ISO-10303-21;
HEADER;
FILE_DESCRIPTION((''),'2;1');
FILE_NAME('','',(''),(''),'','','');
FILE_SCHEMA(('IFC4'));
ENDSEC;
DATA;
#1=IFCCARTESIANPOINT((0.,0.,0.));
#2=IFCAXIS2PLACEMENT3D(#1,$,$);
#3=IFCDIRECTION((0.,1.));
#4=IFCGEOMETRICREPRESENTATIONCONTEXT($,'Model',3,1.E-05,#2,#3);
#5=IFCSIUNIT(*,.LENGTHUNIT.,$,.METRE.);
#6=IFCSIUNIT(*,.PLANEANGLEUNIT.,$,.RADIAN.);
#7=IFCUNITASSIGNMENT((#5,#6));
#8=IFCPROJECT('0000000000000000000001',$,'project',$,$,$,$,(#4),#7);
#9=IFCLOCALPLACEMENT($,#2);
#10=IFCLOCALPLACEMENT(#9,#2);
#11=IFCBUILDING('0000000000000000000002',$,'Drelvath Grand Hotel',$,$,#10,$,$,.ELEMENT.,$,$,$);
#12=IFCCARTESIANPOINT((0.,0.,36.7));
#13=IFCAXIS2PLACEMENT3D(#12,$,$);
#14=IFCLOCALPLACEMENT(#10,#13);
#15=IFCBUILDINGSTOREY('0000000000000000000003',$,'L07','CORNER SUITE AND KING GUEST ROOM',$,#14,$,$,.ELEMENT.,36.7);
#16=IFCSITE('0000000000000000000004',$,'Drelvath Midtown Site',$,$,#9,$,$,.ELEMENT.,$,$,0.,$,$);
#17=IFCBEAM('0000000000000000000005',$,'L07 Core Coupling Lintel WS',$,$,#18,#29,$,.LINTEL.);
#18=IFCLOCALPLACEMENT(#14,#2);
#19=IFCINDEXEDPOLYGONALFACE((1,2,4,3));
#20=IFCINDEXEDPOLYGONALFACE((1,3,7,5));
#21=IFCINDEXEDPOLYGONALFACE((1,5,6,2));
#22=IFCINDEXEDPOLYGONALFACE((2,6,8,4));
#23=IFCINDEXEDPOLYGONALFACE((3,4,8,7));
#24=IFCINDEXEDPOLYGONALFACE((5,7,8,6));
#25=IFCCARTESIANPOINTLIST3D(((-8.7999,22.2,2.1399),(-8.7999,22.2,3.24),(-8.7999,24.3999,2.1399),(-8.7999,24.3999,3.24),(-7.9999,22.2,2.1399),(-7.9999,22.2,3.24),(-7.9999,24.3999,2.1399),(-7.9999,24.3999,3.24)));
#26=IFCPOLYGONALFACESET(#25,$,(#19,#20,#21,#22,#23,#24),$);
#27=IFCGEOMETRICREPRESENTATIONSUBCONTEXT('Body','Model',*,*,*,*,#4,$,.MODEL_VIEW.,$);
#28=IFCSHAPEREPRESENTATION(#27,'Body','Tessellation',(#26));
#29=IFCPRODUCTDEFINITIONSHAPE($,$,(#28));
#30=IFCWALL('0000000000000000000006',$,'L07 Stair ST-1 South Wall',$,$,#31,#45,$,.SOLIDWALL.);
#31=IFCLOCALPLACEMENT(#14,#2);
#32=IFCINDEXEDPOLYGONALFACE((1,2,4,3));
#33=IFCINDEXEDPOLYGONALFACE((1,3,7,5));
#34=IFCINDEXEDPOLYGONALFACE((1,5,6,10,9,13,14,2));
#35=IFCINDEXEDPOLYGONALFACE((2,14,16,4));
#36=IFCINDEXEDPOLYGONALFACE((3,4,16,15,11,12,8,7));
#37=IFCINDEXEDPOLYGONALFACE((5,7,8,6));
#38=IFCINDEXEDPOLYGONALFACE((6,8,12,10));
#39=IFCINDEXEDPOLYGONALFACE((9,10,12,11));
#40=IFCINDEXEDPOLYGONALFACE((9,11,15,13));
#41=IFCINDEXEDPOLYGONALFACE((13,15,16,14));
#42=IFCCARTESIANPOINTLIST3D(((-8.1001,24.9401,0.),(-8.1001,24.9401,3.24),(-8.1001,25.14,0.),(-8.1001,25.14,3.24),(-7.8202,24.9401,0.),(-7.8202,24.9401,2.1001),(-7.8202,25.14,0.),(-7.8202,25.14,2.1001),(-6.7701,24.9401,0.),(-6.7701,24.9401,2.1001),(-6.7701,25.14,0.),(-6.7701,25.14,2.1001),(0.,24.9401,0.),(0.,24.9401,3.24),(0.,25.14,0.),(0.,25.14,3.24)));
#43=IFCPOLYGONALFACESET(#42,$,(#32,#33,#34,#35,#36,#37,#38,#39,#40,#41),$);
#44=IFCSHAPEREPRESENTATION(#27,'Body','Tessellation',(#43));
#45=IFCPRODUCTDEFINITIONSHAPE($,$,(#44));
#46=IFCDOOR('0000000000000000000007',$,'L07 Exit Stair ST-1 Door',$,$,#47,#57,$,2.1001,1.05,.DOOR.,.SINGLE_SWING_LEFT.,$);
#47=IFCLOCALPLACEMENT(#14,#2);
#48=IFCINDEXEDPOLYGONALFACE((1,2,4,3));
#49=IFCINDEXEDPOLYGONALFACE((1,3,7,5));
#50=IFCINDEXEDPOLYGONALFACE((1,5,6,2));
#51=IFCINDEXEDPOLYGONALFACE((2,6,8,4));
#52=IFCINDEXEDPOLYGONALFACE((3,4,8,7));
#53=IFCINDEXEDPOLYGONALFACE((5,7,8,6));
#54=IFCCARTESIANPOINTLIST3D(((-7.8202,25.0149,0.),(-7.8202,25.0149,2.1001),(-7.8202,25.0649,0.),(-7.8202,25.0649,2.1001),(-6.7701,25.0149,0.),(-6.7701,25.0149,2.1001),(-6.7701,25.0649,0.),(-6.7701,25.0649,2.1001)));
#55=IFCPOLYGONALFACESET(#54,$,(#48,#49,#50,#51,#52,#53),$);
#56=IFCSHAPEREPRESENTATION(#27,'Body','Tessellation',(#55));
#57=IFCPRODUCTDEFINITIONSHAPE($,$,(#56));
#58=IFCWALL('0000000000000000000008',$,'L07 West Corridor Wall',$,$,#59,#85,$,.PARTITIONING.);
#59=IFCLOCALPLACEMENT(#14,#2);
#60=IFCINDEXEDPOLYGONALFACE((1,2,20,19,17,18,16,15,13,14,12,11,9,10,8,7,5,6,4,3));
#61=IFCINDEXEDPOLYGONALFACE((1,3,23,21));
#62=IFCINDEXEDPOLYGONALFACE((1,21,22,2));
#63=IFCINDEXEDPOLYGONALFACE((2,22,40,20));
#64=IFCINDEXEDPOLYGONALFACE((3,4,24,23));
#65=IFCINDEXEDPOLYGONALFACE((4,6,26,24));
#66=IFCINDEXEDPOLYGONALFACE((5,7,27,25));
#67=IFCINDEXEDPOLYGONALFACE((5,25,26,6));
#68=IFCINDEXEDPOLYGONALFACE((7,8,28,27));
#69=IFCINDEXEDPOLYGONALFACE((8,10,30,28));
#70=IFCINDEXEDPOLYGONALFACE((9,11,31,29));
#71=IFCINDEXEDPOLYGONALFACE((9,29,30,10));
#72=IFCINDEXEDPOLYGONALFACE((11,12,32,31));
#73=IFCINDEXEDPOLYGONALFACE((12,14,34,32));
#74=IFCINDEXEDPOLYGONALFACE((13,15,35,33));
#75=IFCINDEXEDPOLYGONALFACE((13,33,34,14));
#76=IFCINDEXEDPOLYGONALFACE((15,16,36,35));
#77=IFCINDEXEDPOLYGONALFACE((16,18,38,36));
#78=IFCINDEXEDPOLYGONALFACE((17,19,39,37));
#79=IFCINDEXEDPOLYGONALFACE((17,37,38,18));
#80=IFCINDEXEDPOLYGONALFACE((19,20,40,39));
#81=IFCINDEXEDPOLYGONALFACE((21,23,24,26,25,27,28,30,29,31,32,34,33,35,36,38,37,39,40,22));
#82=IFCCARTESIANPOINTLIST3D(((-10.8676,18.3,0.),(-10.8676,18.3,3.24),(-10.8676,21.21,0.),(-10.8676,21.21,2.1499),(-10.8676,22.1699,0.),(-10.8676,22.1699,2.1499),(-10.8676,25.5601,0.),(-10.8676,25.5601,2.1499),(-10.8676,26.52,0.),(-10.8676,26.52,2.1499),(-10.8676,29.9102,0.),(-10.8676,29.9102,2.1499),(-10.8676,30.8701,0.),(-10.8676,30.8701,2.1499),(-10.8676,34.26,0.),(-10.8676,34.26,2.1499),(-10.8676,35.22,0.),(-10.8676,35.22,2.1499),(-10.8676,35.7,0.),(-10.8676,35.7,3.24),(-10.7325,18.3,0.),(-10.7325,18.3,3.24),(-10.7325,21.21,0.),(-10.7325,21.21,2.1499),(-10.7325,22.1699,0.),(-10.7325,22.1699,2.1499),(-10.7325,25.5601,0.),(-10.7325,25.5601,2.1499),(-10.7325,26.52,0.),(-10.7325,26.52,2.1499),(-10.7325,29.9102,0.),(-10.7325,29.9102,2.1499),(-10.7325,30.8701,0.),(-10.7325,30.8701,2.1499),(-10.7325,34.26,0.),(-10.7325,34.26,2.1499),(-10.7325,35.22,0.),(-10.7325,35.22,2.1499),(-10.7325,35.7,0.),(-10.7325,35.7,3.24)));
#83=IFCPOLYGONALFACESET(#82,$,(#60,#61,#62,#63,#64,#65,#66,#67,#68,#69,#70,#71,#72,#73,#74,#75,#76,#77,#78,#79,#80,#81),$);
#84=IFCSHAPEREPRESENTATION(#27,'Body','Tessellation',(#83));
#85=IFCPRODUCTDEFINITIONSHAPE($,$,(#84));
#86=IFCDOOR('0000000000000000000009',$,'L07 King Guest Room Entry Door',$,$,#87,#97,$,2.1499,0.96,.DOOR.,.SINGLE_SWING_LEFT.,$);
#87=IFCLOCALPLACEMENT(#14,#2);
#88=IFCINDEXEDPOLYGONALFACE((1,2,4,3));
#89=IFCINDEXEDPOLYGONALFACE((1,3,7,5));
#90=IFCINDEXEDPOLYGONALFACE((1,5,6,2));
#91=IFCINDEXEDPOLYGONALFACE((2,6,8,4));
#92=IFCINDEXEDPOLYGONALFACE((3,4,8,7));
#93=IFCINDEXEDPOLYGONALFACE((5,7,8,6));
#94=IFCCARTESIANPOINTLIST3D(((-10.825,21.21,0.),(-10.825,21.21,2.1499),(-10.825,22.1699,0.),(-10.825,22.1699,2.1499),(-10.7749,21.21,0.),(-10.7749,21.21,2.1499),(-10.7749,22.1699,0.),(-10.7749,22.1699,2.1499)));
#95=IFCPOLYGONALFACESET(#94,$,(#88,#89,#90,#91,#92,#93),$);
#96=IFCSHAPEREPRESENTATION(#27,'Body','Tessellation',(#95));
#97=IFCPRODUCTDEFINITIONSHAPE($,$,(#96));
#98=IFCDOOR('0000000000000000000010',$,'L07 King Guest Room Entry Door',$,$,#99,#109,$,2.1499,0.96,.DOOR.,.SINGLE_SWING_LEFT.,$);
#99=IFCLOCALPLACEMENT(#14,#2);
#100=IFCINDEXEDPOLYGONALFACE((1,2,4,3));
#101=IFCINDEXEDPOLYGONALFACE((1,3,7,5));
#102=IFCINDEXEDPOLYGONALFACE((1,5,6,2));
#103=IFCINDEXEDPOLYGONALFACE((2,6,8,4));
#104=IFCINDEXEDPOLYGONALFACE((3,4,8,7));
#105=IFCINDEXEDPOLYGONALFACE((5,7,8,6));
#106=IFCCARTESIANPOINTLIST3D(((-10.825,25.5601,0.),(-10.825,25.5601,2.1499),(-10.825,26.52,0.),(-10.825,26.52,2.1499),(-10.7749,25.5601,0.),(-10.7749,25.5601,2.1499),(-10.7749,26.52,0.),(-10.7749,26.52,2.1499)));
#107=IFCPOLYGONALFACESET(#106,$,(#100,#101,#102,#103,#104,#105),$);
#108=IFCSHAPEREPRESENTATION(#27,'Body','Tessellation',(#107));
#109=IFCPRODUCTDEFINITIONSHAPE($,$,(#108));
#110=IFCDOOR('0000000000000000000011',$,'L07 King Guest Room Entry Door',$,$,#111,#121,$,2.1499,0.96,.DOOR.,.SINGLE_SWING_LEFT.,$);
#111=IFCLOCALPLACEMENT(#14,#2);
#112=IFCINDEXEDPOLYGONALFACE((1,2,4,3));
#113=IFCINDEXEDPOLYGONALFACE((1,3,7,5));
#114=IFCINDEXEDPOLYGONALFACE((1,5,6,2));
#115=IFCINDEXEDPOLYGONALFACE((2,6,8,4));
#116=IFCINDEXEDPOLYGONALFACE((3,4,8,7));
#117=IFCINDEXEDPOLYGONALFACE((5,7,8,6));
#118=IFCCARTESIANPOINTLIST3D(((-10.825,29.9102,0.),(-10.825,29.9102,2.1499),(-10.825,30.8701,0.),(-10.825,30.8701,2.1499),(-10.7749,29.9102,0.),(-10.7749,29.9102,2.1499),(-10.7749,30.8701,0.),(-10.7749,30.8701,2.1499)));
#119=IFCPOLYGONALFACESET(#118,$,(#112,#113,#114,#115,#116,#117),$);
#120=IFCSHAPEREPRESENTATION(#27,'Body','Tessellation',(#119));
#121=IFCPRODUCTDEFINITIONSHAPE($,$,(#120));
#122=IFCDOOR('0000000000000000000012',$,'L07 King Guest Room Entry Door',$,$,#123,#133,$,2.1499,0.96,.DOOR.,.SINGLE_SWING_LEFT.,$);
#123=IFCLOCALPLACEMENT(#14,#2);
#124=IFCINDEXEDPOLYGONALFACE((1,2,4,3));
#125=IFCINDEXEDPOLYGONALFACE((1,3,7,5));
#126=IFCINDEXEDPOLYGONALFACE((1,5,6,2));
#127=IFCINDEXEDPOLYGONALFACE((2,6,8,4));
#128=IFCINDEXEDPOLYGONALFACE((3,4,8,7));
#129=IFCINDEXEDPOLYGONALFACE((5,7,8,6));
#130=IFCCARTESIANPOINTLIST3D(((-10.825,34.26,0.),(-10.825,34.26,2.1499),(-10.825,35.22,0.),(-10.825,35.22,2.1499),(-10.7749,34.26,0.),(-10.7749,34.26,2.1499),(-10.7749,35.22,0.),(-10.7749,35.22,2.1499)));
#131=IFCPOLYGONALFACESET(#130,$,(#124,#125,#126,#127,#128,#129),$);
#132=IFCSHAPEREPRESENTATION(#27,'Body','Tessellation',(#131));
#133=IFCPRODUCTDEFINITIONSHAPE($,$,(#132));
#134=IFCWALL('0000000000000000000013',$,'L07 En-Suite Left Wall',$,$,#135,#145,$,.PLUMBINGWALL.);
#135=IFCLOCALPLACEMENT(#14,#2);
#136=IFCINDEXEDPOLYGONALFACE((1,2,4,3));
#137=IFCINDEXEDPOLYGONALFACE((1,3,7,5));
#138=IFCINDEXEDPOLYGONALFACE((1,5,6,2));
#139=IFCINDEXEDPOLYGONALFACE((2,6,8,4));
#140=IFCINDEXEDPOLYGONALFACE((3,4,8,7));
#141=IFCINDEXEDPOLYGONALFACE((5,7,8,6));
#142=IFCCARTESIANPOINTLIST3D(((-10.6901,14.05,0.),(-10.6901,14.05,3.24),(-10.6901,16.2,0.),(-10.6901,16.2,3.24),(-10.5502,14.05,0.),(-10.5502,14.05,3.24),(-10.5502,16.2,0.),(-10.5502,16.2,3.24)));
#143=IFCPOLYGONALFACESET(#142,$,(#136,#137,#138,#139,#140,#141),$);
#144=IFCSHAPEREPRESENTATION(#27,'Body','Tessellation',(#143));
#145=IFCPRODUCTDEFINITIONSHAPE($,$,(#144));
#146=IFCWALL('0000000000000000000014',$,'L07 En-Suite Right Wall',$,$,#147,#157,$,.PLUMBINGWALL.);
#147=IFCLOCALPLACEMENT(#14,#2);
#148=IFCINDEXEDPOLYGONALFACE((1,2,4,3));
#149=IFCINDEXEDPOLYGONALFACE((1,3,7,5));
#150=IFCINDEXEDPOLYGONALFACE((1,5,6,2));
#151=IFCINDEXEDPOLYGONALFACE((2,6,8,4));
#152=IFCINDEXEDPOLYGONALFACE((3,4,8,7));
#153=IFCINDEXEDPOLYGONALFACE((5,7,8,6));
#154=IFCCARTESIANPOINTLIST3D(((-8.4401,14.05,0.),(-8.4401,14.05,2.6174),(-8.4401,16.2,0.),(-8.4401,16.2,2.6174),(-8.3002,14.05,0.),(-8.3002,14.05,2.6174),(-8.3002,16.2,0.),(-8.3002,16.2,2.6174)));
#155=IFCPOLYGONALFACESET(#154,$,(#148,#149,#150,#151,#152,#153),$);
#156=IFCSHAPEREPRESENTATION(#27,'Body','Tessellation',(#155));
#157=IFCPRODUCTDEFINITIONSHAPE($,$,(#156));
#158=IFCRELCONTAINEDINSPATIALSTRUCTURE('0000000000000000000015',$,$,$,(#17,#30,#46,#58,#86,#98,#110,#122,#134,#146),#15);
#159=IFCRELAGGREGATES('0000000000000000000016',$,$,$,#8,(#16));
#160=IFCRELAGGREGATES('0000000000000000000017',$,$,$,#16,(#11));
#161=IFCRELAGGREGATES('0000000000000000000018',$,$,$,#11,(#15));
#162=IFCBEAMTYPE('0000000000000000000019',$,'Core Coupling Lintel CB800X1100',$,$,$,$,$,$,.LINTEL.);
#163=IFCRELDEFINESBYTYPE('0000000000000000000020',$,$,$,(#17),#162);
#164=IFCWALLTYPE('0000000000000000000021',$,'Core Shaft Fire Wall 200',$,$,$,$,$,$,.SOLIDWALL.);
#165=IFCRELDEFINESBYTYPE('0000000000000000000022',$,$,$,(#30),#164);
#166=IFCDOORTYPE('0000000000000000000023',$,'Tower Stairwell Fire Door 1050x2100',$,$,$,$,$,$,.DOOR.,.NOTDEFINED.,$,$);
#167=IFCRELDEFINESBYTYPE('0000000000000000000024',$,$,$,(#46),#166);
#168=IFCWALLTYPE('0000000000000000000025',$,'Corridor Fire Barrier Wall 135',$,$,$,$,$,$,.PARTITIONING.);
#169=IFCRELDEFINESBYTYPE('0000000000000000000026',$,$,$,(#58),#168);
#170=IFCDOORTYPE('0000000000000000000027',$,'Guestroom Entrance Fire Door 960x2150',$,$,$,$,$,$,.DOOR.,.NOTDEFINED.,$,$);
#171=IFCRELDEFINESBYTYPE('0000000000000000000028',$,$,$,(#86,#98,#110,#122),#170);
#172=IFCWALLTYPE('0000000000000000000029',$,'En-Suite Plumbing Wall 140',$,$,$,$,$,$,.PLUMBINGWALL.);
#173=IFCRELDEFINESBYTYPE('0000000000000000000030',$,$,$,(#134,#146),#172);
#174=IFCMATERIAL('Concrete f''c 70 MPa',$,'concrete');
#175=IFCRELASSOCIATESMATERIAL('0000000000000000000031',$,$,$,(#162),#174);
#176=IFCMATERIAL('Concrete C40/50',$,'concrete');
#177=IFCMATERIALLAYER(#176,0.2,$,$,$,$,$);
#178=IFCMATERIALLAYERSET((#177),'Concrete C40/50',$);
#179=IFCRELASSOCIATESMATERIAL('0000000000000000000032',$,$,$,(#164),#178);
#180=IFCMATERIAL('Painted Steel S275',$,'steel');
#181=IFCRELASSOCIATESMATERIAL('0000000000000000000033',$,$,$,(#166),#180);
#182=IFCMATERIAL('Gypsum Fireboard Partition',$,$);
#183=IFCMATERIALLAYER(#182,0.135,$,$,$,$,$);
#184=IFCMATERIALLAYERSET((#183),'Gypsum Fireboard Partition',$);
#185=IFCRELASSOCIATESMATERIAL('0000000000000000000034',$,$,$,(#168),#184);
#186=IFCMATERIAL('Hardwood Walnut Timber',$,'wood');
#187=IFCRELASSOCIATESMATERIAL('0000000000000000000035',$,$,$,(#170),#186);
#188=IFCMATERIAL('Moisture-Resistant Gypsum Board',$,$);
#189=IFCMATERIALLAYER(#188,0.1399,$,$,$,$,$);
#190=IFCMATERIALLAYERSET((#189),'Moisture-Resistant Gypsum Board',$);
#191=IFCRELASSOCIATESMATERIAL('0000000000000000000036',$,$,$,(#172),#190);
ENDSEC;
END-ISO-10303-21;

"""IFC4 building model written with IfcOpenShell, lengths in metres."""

from ifc_helpers import new_model, si_unit, direction, frame, frame_2d, origin, origin_2d, place, context, subcontext, project, spatial, rectangle, extrude, material, layer, layer_set, material_profile, profile_set, type_object, element, fill, save


model = new_model("IFC4")

# Units and contexts
model_context = context("Model", 3, precision=1e-05, world=origin(), true_north=direction((0.0, 1.0)))
body_context = subcontext(model_context, "Body", "Model", "MODEL_VIEW")
ifc_project = project(units=[si_unit("LENGTHUNIT", "METRE"), si_unit("PLANEANGLEUNIT", "RADIAN")], contexts=[model_context])

# Site, building, storey
site_placement = place(None, origin())
site = spatial("IfcSite", under=ifc_project, at=site_placement, Name="Drelvath Midtown Site", CompositionType="ELEMENT", RefElevation=0.0)
building_placement = place(site_placement, origin())
building = spatial("IfcBuilding", under=site, at=building_placement, Name="Drelvath Grand Hotel", CompositionType="ELEMENT")
storey_placement = place(building_placement, frame((0.0, 0.0, 36.7)))
storey = spatial("IfcBuildingStorey", under=building, at=storey_placement, Name="L07", Description="CORNER SUITE AND KING GUEST ROOM", CompositionType="ELEMENT", Elevation=36.7)

# Beam
ifc_material_1 = material(Name="Concrete f'c 70 MPa", Category="concrete")
ifc_material_profile = material_profile(ifc_material_1, rectangle(XDim=0.8, YDim=1.1001, at=origin_2d()), Name="CB800X1100")
ifc_profile_set = profile_set([ifc_material_profile], Name="Concrete f'c 70 MPa")
beam_type = type_object("IfcBeamType", Name="Core Coupling Lintel CB800X1100", PredefinedType="LINTEL", material=ifc_profile_set)
beam_placement = place(storey_placement, frame((-8.3999, 22.2, 2.6899), z_axis=(0.0, 1.0, 0.0), x_axis=(-1.0, 0.0, 0.0)))
element("IfcBeam", 1, at=beam_placement, inside=storey, type_object=beam_type, Name="L07 Core Coupling Lintel WS", PredefinedType="LINTEL", context=body_context, shape_type="SweptSolid", body=[
    extrude(rectangle(XDim=0.8, YDim=1.1001, at=origin_2d()), origin(), (0.0, 0.0, 1.0), 2.2),
])

# Wall, opening, door
ifc_material_2 = material(Name="Concrete C40/50", Category="concrete")
ifc_layer_1 = layer(ifc_material_2, 0.2)
ifc_layer_set_1 = layer_set([ifc_layer_1], Name="Concrete C40/50")
wall_type_1 = type_object("IfcWallType", Name="Core Shaft Fire Wall 200", PredefinedType="SOLIDWALL", material=ifc_layer_set_1)
wall_1_placement = place(storey_placement, frame((-8.1001, 25.04, 0.0), z_axis=(0.0, 0.0, 1.0), x_axis=(1.0, 0.0, 0.0)))
wall_1 = element("IfcWall", 2, at=wall_1_placement, inside=storey, type_object=wall_type_1, Name="L07 Stair ST-1 South Wall", PredefinedType="SOLIDWALL", context=body_context, shape_type="SweptSolid", body=[
    extrude(rectangle(XDim=8.1001, YDim=0.2, at=frame_2d((4.05, 0.0))), origin(), (0.0, 0.0, 1.0), 3.24),
])
opening_1_placement = place(wall_1_placement, frame((0.28, 0.0, 0.0)))
opening_1 = element("IfcOpeningElement", 3, at=opening_1_placement, cuts=wall_1, PredefinedType="OPENING", context=body_context, shape_type="SweptSolid", body=[
    extrude(rectangle(XDim=1.05, YDim=2.1001, at=frame_2d((0.5249, 1.05))), frame((0.0, 0.1099, 0.0), z_axis=(0.0, -1.0, 0.0), x_axis=(1.0, 0.0, 0.0)), (0.0, 0.0, 1.0), 0.22),
])
ifc_material_3 = material(Name="Painted Steel S275", Category="steel")
door_type_1 = type_object("IfcDoorType", Name="Tower Stairwell Fire Door 1050x2100", OperationType="NOTDEFINED", PredefinedType="DOOR", material=ifc_material_3)
door_1_placement = place(opening_1_placement, origin())
door_1 = element("IfcDoor", 4, at=door_1_placement, inside=storey, type_object=door_type_1, Name="L07 Exit Stair ST-1 Door", OperationType="SINGLE_SWING_LEFT", OverallHeight=2.1001, OverallWidth=1.05, PredefinedType="DOOR", context=body_context, shape_type="SweptSolid", body=[
    extrude(rectangle(XDim=1.05, YDim=2.1001, at=frame_2d((0.5249, 1.05))), frame((0.0, 0.0249, 0.0), z_axis=(0.0, -1.0, 0.0), x_axis=(1.0, 0.0, 0.0)), (0.0, 0.0, 1.0), 0.05),
])
fill(opening_1, door_1)

# Wall, openings, doors
ifc_material_4 = material(Name="Gypsum Fireboard Partition")
ifc_layer_2 = layer(ifc_material_4, 0.135)
ifc_layer_set_2 = layer_set([ifc_layer_2], Name="Gypsum Fireboard Partition")
wall_type_2 = type_object("IfcWallType", Name="Corridor Fire Barrier Wall 135", PredefinedType="PARTITIONING", material=ifc_layer_set_2)
wall_2_placement = place(storey_placement, frame((-10.8, 18.3, 0.0), z_axis=(0.0, 0.0, 1.0), x_axis=(0.0, 1.0, 0.0)))
wall_2 = element("IfcWall", 5, at=wall_2_placement, inside=storey, type_object=wall_type_2, Name="L07 West Corridor Wall", PredefinedType="PARTITIONING", context=body_context, shape_type="SweptSolid", body=[
    extrude(rectangle(XDim=17.3999, YDim=0.135, at=frame_2d((8.7, 0.0))), origin(), (0.0, 0.0, 1.0), 3.24),
])
opening_2_placement = place(wall_2_placement, frame((2.9099, 0.0, 0.0)))
opening_2 = element("IfcOpeningElement", 6, at=opening_2_placement, cuts=wall_2, PredefinedType="OPENING", context=body_context, shape_type="SweptSolid", body=[
    extrude(rectangle(XDim=0.96, YDim=2.1499, at=frame_2d((0.48, 1.075))), frame((0.0, 0.0774, 0.0), z_axis=(0.0, -1.0, 0.0), x_axis=(1.0, 0.0, 0.0)), (0.0, 0.0, 1.0), 0.155),
])
opening_3_placement = place(wall_2_placement, frame((7.26, 0.0, 0.0)))
opening_3 = element("IfcOpeningElement", 7, at=opening_3_placement, cuts=wall_2, PredefinedType="OPENING", context=body_context, shape_type="SweptSolid", body=[
    extrude(rectangle(XDim=0.96, YDim=2.1499, at=frame_2d((0.48, 1.075))), frame((0.0, 0.0774, 0.0), z_axis=(0.0, -1.0, 0.0), x_axis=(1.0, 0.0, 0.0)), (0.0, 0.0, 1.0), 0.155),
])
opening_4_placement = place(wall_2_placement, frame((11.6101, 0.0, 0.0)))
opening_4 = element("IfcOpeningElement", 8, at=opening_4_placement, cuts=wall_2, PredefinedType="OPENING", context=body_context, shape_type="SweptSolid", body=[
    extrude(rectangle(XDim=0.96, YDim=2.1499, at=frame_2d((0.48, 1.075))), frame((0.0, 0.0774, 0.0), z_axis=(0.0, -1.0, 0.0), x_axis=(1.0, 0.0, 0.0)), (0.0, 0.0, 1.0), 0.155),
])
opening_5_placement = place(wall_2_placement, frame((15.96, 0.0, 0.0)))
opening_5 = element("IfcOpeningElement", 9, at=opening_5_placement, cuts=wall_2, PredefinedType="OPENING", context=body_context, shape_type="SweptSolid", body=[
    extrude(rectangle(XDim=0.96, YDim=2.1499, at=frame_2d((0.48, 1.075))), frame((0.0, 0.0774, 0.0), z_axis=(0.0, -1.0, 0.0), x_axis=(1.0, 0.0, 0.0)), (0.0, 0.0, 1.0), 0.155),
])
ifc_material_5 = material(Name="Hardwood Walnut Timber", Category="wood")
door_type_2 = type_object("IfcDoorType", Name="Guestroom Entrance Fire Door 960x2150", OperationType="NOTDEFINED", PredefinedType="DOOR", material=ifc_material_5)
door_2_placement = place(opening_2_placement, origin())
door_2 = element("IfcDoor", 10, at=door_2_placement, inside=storey, type_object=door_type_2, Name="L07 King Guest Room Entry Door", OperationType="SINGLE_SWING_LEFT", OverallHeight=2.1499, OverallWidth=0.96, PredefinedType="DOOR", context=body_context, shape_type="SweptSolid", body=[
    extrude(rectangle(XDim=0.96, YDim=2.1499, at=frame_2d((0.48, 1.075))), frame((0.0, 0.0249, 0.0), z_axis=(0.0, -1.0, 0.0), x_axis=(1.0, 0.0, 0.0)), (0.0, 0.0, 1.0), 0.05),
])
fill(opening_2, door_2)
door_3_placement = place(opening_3_placement, origin())
door_3 = element("IfcDoor", 11, at=door_3_placement, inside=storey, type_object=door_type_2, Name="L07 King Guest Room Entry Door", OperationType="SINGLE_SWING_LEFT", OverallHeight=2.1499, OverallWidth=0.96, PredefinedType="DOOR", context=body_context, shape_type="SweptSolid", body=[
    extrude(rectangle(XDim=0.96, YDim=2.1499, at=frame_2d((0.48, 1.075))), frame((0.0, 0.0249, 0.0), z_axis=(0.0, -1.0, 0.0), x_axis=(1.0, 0.0, 0.0)), (0.0, 0.0, 1.0), 0.05),
])
fill(opening_3, door_3)
door_4_placement = place(opening_4_placement, origin())
door_4 = element("IfcDoor", 12, at=door_4_placement, inside=storey, type_object=door_type_2, Name="L07 King Guest Room Entry Door", OperationType="SINGLE_SWING_LEFT", OverallHeight=2.1499, OverallWidth=0.96, PredefinedType="DOOR", context=body_context, shape_type="SweptSolid", body=[
    extrude(rectangle(XDim=0.96, YDim=2.1499, at=frame_2d((0.48, 1.075))), frame((0.0, 0.0249, 0.0), z_axis=(0.0, -1.0, 0.0), x_axis=(1.0, 0.0, 0.0)), (0.0, 0.0, 1.0), 0.05),
])
fill(opening_4, door_4)
door_5_placement = place(opening_5_placement, origin())
door_5 = element("IfcDoor", 13, at=door_5_placement, inside=storey, type_object=door_type_2, Name="L07 King Guest Room Entry Door", OperationType="SINGLE_SWING_LEFT", OverallHeight=2.1499, OverallWidth=0.96, PredefinedType="DOOR", context=body_context, shape_type="SweptSolid", body=[
    extrude(rectangle(XDim=0.96, YDim=2.1499, at=frame_2d((0.48, 1.075))), frame((0.0, 0.0249, 0.0), z_axis=(0.0, -1.0, 0.0), x_axis=(1.0, 0.0, 0.0)), (0.0, 0.0, 1.0), 0.05),
])
fill(opening_5, door_5)

# Walls
ifc_material_6 = material(Name="Moisture-Resistant Gypsum Board")
ifc_layer_3 = layer(ifc_material_6, 0.1399)
ifc_layer_set_3 = layer_set([ifc_layer_3], Name="Moisture-Resistant Gypsum Board")
wall_type_3 = type_object("IfcWallType", Name="En-Suite Plumbing Wall 140", PredefinedType="PLUMBINGWALL", material=ifc_layer_set_3)
wall_3_placement = place(storey_placement, frame((-10.6201, 16.2, 0.0), z_axis=(0.0, 0.0, 1.0), x_axis=(0.0, -1.0, 0.0)))
element("IfcWall", 14, at=wall_3_placement, inside=storey, type_object=wall_type_3, Name="L07 En-Suite Left Wall", PredefinedType="PLUMBINGWALL", context=body_context, shape_type="SweptSolid", body=[
    extrude(rectangle(XDim=2.1499, YDim=0.1399, at=frame_2d((1.075, 0.0))), origin(), (0.0, 0.0, 1.0), 3.24),
])
wall_4_placement = place(storey_placement, frame((-8.3701, 16.2, 0.0), z_axis=(0.0, 0.0, 1.0), x_axis=(0.0, -1.0, 0.0)))
element("IfcWall", 15, at=wall_4_placement, inside=storey, type_object=wall_type_3, Name="L07 En-Suite Right Wall", PredefinedType="PLUMBINGWALL", context=body_context, shape_type="SweptSolid", body=[
    extrude(rectangle(XDim=2.1499, YDim=0.1399, at=frame_2d((1.075, 0.0))), origin(), (0.0, 0.0, 1.0), 2.6174),
])

save(model, "model.ifc")
